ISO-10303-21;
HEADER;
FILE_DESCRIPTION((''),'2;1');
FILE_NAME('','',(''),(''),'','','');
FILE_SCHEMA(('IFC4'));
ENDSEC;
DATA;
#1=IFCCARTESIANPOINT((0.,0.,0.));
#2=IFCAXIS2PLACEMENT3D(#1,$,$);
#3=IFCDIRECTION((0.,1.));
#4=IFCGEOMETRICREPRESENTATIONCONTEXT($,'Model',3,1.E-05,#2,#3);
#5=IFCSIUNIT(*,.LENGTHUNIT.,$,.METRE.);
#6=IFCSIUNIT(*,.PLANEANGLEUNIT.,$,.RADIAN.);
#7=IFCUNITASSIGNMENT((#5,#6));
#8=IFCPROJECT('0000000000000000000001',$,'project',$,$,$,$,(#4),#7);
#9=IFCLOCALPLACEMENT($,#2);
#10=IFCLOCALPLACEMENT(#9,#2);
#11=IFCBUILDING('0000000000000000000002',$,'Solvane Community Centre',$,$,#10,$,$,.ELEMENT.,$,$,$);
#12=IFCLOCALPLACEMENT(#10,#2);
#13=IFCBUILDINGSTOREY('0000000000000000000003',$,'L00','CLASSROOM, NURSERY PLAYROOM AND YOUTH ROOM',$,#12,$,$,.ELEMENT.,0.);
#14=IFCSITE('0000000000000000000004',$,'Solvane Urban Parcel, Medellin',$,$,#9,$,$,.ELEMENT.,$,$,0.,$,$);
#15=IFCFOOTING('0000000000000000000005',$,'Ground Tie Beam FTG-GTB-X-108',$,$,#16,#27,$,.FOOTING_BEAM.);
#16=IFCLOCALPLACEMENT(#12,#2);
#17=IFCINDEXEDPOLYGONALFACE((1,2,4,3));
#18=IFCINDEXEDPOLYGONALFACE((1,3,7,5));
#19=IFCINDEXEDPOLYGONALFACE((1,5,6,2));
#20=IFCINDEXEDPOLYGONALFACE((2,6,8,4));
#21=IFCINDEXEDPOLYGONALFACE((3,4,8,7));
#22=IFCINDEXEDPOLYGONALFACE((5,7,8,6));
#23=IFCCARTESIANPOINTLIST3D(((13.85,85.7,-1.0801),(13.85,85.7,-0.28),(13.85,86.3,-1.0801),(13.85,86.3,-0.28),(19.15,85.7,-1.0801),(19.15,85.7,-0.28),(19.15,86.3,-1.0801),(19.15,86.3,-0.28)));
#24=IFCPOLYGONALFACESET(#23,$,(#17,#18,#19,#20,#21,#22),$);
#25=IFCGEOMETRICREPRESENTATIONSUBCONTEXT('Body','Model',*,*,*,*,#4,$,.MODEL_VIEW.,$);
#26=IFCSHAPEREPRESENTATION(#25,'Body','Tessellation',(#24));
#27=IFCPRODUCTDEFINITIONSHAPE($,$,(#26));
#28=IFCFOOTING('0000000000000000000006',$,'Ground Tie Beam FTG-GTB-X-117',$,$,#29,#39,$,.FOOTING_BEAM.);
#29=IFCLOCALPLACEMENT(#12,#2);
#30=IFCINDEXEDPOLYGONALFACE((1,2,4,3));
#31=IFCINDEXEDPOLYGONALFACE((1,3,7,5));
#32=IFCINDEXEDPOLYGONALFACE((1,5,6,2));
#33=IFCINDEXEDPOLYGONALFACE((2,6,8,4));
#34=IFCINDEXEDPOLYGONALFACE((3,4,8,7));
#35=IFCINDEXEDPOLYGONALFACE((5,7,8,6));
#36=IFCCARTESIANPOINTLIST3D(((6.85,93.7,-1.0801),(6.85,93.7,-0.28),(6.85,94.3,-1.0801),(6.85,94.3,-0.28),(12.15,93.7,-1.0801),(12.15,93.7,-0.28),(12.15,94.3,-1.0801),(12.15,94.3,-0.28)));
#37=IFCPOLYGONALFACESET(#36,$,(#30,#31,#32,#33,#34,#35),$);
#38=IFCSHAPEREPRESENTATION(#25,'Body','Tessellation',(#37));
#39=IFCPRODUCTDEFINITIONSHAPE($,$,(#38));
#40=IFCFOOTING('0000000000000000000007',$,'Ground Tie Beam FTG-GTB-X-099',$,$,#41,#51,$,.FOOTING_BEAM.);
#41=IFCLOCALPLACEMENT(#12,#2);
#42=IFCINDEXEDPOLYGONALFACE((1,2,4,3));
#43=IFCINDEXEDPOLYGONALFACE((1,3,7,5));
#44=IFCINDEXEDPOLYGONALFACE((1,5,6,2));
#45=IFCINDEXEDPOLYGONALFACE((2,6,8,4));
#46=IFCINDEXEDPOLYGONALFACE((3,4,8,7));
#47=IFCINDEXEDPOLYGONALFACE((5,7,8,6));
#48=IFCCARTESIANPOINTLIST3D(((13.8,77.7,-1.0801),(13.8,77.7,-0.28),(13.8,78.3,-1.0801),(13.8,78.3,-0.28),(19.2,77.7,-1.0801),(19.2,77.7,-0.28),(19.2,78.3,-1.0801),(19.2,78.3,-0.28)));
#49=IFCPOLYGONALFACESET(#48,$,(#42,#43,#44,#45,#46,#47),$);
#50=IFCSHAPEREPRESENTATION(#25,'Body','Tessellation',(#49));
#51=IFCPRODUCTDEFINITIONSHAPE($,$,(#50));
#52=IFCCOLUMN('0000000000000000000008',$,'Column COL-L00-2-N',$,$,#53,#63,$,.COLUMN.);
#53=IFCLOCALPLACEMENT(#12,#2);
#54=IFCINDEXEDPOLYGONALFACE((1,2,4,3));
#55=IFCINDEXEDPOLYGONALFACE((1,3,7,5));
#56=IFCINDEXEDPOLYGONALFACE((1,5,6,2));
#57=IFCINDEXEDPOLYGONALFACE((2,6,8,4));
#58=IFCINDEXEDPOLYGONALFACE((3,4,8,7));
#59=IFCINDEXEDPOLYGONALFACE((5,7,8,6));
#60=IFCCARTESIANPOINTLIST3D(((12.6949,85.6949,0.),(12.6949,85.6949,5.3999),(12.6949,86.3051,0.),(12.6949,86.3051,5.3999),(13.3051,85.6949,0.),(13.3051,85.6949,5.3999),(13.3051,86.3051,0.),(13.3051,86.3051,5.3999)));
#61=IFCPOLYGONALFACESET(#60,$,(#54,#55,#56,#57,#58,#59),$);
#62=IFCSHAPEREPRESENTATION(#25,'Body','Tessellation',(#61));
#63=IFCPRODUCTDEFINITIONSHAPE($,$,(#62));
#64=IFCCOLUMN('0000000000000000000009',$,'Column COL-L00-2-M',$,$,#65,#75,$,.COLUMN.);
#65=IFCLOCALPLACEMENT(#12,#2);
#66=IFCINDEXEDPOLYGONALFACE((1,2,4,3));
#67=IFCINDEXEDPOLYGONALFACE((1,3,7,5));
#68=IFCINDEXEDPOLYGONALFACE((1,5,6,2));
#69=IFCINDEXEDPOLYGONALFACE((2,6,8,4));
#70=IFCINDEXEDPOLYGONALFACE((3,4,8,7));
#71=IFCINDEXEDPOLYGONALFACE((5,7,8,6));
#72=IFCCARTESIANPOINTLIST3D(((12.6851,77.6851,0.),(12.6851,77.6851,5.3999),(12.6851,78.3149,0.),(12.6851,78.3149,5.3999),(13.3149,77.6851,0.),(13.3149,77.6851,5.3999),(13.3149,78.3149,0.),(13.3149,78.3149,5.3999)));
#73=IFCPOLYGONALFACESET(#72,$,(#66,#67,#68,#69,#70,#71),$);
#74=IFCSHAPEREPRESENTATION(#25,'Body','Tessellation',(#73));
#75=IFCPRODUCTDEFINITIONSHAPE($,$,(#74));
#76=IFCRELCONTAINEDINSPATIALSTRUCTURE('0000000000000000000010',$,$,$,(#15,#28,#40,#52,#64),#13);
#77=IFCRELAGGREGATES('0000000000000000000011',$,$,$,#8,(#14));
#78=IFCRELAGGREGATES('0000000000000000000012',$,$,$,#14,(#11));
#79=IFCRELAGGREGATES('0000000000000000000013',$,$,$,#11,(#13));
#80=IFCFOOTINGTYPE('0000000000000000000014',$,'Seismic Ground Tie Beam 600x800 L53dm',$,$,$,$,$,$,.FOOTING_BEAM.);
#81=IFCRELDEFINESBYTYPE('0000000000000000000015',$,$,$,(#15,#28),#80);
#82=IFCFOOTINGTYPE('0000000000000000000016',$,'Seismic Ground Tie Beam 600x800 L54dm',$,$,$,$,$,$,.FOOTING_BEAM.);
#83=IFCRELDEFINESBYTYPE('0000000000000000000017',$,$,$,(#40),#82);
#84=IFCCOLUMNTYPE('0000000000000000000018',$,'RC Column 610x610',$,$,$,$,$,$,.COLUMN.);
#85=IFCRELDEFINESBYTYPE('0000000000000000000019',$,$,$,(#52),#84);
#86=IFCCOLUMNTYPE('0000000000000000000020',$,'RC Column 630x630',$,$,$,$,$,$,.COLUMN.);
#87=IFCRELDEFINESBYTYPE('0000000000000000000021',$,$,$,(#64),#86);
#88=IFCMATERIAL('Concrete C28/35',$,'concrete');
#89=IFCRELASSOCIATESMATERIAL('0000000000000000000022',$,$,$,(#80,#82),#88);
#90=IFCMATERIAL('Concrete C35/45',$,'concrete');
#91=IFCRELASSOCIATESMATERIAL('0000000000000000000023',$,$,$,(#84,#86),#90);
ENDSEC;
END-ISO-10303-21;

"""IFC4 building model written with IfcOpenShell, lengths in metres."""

from ifc_helpers import new_model, si_unit, direction, frame, origin, origin_2d, place, context, subcontext, project, spatial, rectangle, extrude, material, material_profile, profile_set, type_object, element, save


model = new_model("IFC4")

# Units and contexts
model_context = context("Model", 3, precision=1e-05, world=origin(), true_north=direction((0.0, 1.0)))
body_context = subcontext(model_context, "Body", "Model", "MODEL_VIEW")
ifc_project = project(units=[si_unit("LENGTHUNIT", "METRE"), si_unit("PLANEANGLEUNIT", "RADIAN")], contexts=[model_context])

# Site, building, storey
site_placement = place(None, origin())
site = spatial("IfcSite", under=ifc_project, at=site_placement, Name="Solvane Urban Parcel, Medellin", CompositionType="ELEMENT", RefElevation=0.0)
building_placement = place(site_placement, origin())
building = spatial("IfcBuilding", under=site, at=building_placement, Name="Solvane Community Centre", CompositionType="ELEMENT")
storey_placement = place(building_placement, origin())
storey = spatial("IfcBuildingStorey", under=building, at=storey_placement, Name="L00", Description="CLASSROOM, NURSERY PLAYROOM AND YOUTH ROOM", CompositionType="ELEMENT", Elevation=0.0)

# Shared definitions
ifc_material_1 = material(Name="Concrete C28/35", Category="concrete")

# Footings
footing_type_1 = type_object("IfcFootingType", Name="Seismic Ground Tie Beam 600x800 L53dm", PredefinedType="FOOTING_BEAM", material=ifc_material_1)
for number, where, z_axis, x_axis, name in (
    (1, (16.5, 86.0, -1.0801), (0.0, 0.0, 1.0), (1.0, 0.0, 0.0), "Ground Tie Beam FTG-GTB-X-108"),
    (2, (9.5, 94.0, -1.0801), (0.0, 0.0, 1.0), (1.0, 0.0, 0.0), "Ground Tie Beam FTG-GTB-X-117"),
):
    element("IfcFooting", number, at=place(storey_placement, frame(where, z_axis=z_axis, x_axis=x_axis)), inside=storey, type_object=footing_type_1, Name=name, PredefinedType="FOOTING_BEAM", context=body_context, shape_type="SweptSolid", body=[
        extrude(rectangle(XDim=5.3, YDim=0.6001, at=origin_2d()), origin(), (0.0, 0.0, 1.0), 0.8),
    ])
footing_type_2 = type_object("IfcFootingType", Name="Seismic Ground Tie Beam 600x800 L54dm", PredefinedType="FOOTING_BEAM", material=ifc_material_1)
footing_1_placement = place(storey_placement, frame((16.5, 78.0, -1.0801), z_axis=(0.0, 0.0, 1.0), x_axis=(1.0, 0.0, 0.0)))
element("IfcFooting", 3, at=footing_1_placement, inside=storey, type_object=footing_type_2, Name="Ground Tie Beam FTG-GTB-X-099", PredefinedType="FOOTING_BEAM", context=body_context, shape_type="SweptSolid", body=[
    extrude(rectangle(XDim=5.3999, YDim=0.6001, at=origin_2d()), origin(), (0.0, 0.0, 1.0), 0.8),
])

# Columns
ifc_material_2 = material(Name="Concrete C35/45", Category="concrete")
ifc_material_profile_1 = material_profile(ifc_material_2, rectangle(XDim=0.6101, YDim=0.6101, at=origin_2d()), Name="RC 610x610")
ifc_profile_set_1 = profile_set([ifc_material_profile_1], Name="Concrete C35/45")
column_type_1 = type_object("IfcColumnType", Name="RC Column 610x610", PredefinedType="COLUMN", material=ifc_profile_set_1)
column_1_placement = place(storey_placement, frame((13.0, 86.0, 0.0), z_axis=(0.0, 0.0, 1.0), x_axis=(1.0, 0.0, 0.0)))
element("IfcColumn", 4, at=column_1_placement, inside=storey, type_object=column_type_1, Name="Column COL-L00-2-N", PredefinedType="COLUMN", context=body_context, shape_type="SweptSolid", body=[
    extrude(rectangle(XDim=0.6101, YDim=0.6101, at=origin_2d()), origin(), (0.0, 0.0, 1.0), 5.3999),
])
ifc_material_profile_2 = material_profile(ifc_material_2, rectangle(XDim=0.6299, YDim=0.6299, at=origin_2d()), Name="RC 630x630")
ifc_profile_set_2 = profile_set([ifc_material_profile_2], Name="Concrete C35/45")
column_type_2 = type_object("IfcColumnType", Name="RC Column 630x630", PredefinedType="COLUMN", material=ifc_profile_set_2)
column_2_placement = place(storey_placement, frame((13.0, 78.0, 0.0), z_axis=(0.0, 0.0, 1.0), x_axis=(1.0, 0.0, 0.0)))
element("IfcColumn", 5, at=column_2_placement, inside=storey, type_object=column_type_2, Name="Column COL-L00-2-M", PredefinedType="COLUMN", context=body_context, shape_type="SweptSolid", body=[
    extrude(rectangle(XDim=0.6299, YDim=0.6299, at=origin_2d()), origin(), (0.0, 0.0, 1.0), 5.3999),
])

save(model, "model.ifc")
